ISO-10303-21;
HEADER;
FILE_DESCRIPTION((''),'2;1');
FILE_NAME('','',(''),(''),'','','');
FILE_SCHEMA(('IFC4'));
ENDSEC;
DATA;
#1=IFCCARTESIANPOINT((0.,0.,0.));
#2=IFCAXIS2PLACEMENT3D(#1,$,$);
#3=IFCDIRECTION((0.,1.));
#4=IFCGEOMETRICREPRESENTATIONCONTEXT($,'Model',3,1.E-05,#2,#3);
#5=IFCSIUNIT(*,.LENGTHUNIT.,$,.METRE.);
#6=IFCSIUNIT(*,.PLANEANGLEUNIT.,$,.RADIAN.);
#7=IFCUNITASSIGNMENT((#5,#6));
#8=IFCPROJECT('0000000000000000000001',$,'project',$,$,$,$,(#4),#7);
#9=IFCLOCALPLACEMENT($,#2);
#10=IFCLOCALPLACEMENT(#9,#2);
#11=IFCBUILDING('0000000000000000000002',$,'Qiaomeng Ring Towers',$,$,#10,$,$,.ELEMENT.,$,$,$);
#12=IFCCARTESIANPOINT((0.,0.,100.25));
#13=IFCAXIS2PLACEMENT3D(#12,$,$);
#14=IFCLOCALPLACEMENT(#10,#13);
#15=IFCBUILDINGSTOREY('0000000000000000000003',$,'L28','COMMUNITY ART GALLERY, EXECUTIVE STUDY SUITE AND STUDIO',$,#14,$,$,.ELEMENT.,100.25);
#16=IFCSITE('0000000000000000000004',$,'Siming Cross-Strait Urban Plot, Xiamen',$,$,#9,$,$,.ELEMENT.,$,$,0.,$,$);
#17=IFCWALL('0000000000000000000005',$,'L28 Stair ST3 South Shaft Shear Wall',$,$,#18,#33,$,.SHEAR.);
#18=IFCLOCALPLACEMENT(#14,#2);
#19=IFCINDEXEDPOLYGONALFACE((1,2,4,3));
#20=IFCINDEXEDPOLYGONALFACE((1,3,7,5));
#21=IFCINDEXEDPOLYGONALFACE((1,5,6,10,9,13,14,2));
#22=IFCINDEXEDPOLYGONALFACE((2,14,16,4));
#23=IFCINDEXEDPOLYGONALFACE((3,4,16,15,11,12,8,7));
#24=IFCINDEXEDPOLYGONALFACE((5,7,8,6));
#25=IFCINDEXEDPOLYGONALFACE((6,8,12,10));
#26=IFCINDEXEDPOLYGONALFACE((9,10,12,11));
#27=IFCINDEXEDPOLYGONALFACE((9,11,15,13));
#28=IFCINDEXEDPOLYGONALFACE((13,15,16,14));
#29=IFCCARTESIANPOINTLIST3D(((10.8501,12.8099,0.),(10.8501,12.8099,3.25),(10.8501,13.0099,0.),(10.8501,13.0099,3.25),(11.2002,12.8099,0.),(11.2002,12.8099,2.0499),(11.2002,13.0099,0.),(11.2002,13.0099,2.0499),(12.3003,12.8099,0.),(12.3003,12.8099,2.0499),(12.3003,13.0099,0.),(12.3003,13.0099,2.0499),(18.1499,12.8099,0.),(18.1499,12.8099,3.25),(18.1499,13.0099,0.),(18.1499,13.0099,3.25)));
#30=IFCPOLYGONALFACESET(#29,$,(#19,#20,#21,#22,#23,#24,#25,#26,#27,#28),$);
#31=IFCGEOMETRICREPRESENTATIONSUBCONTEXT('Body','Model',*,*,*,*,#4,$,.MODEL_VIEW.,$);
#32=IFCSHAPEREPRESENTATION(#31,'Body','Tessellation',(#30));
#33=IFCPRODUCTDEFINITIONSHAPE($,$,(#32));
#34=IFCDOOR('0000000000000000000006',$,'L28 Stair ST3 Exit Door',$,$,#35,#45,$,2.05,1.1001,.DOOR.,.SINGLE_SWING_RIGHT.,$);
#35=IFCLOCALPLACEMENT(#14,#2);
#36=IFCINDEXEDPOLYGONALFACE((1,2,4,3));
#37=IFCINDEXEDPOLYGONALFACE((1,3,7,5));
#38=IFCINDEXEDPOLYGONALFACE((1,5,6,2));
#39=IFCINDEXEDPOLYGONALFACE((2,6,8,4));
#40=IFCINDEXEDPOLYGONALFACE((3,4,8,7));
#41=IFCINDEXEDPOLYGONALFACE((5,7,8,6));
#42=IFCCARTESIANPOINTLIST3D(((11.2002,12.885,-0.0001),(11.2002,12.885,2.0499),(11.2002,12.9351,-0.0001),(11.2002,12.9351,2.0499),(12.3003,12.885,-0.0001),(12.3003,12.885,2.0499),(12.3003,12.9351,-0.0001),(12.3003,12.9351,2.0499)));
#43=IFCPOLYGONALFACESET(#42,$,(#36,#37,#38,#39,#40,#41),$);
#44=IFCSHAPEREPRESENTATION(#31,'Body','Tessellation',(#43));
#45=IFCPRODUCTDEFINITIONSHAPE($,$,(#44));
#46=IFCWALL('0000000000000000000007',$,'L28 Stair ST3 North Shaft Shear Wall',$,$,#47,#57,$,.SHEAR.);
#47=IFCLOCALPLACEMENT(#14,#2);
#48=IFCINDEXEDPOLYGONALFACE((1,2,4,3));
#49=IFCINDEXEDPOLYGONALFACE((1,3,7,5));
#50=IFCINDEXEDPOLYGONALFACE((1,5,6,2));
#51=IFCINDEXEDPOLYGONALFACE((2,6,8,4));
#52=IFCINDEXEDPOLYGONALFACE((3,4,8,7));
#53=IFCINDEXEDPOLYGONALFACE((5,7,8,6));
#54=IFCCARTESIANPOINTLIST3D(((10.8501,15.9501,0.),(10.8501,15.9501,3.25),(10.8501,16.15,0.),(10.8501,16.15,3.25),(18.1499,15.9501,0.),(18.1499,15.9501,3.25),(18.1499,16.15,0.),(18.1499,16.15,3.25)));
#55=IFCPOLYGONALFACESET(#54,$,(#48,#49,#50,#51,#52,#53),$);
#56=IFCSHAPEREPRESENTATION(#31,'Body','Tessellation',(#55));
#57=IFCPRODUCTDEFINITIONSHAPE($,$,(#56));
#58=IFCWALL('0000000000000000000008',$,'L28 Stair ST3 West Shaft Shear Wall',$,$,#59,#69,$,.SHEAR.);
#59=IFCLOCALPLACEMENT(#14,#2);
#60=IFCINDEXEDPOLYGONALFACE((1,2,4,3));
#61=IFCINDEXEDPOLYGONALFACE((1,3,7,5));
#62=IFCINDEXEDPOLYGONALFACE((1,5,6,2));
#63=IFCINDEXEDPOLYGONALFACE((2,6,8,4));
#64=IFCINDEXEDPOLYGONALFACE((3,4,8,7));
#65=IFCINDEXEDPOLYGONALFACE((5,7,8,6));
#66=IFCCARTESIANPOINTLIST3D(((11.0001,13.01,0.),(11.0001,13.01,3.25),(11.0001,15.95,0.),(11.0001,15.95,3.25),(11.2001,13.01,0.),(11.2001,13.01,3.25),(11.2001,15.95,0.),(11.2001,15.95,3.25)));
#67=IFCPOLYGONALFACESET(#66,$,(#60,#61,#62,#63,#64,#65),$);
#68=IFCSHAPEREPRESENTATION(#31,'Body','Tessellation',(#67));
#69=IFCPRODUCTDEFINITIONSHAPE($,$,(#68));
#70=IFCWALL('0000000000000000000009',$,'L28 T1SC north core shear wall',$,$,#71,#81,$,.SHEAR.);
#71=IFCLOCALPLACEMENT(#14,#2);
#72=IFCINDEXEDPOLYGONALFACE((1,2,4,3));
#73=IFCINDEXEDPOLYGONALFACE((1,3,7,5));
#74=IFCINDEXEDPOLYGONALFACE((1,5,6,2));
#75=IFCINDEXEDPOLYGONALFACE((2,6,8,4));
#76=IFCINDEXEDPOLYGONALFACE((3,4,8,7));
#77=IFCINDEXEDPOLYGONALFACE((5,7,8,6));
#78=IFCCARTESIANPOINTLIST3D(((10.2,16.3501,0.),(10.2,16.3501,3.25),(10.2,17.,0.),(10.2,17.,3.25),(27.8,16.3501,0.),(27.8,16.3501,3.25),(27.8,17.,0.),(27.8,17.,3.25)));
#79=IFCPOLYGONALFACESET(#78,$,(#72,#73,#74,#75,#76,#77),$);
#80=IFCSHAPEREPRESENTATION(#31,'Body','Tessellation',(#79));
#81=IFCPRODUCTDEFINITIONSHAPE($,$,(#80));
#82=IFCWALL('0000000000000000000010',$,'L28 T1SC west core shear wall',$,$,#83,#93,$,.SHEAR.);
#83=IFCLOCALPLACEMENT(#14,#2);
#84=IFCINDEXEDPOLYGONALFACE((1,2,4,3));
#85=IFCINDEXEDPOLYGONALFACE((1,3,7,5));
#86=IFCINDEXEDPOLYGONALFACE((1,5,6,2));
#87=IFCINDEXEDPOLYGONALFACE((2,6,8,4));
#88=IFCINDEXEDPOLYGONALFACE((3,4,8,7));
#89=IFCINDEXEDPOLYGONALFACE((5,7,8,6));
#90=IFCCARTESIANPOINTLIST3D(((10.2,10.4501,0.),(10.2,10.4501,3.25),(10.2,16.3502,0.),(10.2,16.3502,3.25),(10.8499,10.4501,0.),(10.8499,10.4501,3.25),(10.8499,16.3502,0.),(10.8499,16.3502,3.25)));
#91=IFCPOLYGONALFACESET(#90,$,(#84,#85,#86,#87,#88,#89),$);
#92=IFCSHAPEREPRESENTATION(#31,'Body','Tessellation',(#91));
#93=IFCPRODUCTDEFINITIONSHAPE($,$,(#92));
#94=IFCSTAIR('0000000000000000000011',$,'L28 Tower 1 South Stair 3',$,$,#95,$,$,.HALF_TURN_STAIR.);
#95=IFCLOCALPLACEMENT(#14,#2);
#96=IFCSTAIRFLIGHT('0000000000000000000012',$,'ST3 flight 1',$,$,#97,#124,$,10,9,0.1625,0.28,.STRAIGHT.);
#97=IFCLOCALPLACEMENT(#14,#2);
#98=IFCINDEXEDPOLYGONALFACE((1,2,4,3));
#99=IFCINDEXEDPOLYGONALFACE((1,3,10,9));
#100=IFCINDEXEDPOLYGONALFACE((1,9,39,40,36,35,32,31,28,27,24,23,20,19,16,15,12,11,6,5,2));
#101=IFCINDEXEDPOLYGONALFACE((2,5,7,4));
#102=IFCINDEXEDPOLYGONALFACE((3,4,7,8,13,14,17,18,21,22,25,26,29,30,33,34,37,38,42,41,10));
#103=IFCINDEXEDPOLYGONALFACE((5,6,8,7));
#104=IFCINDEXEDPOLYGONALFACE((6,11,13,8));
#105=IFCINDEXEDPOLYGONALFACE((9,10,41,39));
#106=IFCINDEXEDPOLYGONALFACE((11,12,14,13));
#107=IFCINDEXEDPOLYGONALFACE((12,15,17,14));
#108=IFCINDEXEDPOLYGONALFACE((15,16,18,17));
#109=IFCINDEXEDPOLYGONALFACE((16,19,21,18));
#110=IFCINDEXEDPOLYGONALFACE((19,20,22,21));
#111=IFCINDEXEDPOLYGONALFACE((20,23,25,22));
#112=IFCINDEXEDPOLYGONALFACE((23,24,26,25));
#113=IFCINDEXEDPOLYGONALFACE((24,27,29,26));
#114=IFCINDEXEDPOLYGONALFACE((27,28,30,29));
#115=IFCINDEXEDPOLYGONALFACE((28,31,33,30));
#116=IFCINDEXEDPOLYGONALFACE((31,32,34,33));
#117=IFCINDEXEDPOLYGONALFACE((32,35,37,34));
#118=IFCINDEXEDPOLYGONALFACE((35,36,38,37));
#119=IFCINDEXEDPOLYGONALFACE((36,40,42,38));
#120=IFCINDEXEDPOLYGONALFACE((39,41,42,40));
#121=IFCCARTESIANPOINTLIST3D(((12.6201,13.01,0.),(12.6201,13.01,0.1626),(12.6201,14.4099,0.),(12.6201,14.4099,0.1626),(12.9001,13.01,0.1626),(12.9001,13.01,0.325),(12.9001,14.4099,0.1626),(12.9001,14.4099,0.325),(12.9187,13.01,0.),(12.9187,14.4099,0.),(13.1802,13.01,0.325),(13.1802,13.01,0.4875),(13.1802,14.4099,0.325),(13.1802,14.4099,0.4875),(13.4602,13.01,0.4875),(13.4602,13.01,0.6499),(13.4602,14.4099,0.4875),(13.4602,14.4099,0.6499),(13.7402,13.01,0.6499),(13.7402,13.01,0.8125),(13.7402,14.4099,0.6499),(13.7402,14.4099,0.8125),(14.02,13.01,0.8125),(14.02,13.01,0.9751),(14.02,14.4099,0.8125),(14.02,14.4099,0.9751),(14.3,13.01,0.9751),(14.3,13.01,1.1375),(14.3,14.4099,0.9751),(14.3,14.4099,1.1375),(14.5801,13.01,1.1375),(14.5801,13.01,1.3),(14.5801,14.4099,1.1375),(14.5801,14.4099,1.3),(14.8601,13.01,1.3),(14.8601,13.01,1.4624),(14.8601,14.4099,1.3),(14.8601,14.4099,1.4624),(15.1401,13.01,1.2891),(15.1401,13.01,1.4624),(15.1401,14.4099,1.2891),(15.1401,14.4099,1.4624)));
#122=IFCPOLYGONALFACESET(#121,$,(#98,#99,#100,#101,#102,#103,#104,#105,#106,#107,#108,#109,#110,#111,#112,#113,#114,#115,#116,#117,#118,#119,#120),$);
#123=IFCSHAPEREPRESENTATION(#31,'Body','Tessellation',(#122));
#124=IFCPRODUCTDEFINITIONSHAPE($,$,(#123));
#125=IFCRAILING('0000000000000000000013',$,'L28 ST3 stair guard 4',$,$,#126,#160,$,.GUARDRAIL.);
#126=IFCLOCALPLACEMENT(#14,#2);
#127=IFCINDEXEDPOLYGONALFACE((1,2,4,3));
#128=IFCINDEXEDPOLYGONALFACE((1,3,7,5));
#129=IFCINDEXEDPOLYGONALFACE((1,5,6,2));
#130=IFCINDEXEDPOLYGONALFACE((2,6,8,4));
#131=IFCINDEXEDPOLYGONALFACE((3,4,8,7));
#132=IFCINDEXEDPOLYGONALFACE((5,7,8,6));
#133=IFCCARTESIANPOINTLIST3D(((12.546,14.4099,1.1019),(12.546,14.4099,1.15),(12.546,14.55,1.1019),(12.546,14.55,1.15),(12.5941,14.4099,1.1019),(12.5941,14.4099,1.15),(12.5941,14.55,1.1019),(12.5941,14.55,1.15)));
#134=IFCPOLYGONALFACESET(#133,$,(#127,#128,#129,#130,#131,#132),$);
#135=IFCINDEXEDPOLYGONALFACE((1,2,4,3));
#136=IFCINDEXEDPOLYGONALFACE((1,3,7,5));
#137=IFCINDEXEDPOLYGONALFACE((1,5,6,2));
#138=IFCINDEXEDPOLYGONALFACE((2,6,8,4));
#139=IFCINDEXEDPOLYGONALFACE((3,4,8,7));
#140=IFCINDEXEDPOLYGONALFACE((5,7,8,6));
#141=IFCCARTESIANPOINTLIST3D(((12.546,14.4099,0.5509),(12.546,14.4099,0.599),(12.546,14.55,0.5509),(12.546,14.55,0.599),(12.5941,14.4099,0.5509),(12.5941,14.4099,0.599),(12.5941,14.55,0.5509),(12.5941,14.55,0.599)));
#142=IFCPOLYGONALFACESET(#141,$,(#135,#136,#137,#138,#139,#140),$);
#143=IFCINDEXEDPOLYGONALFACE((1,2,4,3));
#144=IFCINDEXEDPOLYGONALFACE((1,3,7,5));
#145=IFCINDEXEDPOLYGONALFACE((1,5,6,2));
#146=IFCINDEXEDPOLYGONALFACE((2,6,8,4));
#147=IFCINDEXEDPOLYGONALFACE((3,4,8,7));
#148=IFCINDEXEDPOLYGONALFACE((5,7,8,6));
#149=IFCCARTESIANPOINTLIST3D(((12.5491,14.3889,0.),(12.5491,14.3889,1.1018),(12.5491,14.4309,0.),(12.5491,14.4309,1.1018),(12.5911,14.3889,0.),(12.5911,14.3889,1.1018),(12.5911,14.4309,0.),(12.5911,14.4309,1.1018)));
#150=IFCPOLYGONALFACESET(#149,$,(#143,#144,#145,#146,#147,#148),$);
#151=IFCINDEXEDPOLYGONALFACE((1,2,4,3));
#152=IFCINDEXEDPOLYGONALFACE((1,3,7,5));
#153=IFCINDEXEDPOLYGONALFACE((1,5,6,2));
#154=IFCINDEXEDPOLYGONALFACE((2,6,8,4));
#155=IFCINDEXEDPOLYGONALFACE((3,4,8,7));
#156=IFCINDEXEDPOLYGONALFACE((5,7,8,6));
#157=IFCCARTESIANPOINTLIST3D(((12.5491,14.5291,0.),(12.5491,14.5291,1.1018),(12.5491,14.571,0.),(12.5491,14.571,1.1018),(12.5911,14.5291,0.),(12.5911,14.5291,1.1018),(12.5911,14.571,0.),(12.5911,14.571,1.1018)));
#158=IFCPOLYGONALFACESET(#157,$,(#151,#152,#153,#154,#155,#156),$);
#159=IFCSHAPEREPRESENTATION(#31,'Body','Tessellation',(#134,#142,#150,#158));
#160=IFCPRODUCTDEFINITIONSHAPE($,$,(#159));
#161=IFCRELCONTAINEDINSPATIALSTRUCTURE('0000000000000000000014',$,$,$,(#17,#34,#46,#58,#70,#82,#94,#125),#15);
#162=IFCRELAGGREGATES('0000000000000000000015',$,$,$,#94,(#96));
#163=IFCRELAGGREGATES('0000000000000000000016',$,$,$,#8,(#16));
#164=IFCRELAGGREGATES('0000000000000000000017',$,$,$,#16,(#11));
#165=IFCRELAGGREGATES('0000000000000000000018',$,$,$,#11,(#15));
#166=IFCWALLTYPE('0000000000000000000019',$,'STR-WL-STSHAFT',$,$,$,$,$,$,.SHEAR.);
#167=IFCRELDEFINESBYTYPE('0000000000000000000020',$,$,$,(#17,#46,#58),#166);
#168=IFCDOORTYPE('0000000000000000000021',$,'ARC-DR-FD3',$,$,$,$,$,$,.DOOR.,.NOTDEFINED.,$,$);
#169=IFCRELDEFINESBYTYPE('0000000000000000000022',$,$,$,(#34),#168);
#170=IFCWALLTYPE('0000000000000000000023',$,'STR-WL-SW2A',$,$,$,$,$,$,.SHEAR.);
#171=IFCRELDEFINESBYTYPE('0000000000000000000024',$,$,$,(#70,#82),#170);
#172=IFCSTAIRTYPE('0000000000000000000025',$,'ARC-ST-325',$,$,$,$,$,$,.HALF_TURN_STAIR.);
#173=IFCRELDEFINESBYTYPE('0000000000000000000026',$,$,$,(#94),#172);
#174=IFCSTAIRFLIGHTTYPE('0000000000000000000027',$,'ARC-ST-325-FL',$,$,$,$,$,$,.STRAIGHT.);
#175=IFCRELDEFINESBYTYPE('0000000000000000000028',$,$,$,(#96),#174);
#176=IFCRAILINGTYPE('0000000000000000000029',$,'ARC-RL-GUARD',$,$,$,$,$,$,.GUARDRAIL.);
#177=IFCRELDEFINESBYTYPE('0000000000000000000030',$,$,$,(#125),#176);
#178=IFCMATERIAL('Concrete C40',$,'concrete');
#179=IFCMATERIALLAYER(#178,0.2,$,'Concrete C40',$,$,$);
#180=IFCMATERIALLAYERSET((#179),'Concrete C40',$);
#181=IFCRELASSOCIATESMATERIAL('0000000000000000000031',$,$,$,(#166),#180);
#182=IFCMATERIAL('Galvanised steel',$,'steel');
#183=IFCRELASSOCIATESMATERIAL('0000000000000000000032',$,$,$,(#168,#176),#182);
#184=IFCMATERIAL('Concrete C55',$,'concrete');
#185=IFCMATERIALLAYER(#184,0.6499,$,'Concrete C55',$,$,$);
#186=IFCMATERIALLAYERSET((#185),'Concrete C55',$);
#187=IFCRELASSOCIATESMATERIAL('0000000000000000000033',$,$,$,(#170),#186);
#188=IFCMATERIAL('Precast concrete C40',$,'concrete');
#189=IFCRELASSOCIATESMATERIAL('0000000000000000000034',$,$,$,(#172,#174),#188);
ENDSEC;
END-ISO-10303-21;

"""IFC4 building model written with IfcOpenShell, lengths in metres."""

from ifc_helpers import new_model, si_unit, direction, frame, frame_2d, origin, origin_2d, place, context, subcontext, project, spatial, polyline, rectangle, outline, extrude, source, transform, mapped, material, layer, layer_set, type_object, element, fill, aggregate, save


model = new_model("IFC4")

# Units and contexts
model_context = context("Model", 3, precision=1e-05, world=origin(), true_north=direction((0.0, 1.0)))
body_context = subcontext(model_context, "Body", "Model", "MODEL_VIEW")
ifc_project = project(units=[si_unit("LENGTHUNIT", "METRE"), si_unit("PLANEANGLEUNIT", "RADIAN")], contexts=[model_context])

# Site, building, storey
site_placement = place(None, origin())
site = spatial("IfcSite", under=ifc_project, at=site_placement, Name="Siming Cross-Strait Urban Plot, Xiamen", CompositionType="ELEMENT", RefElevation=0.0)
building_placement = place(site_placement, origin())
building = spatial("IfcBuilding", under=site, at=building_placement, Name="Qiaomeng Ring Towers", CompositionType="ELEMENT")
storey_placement = place(building_placement, frame((0.0, 0.0, 100.25)))
storey = spatial("IfcBuildingStorey", under=building, at=storey_placement, Name="L28", Description="COMMUNITY ART GALLERY, EXECUTIVE STUDY SUITE AND STUDIO", CompositionType="ELEMENT", Elevation=100.25)

# Wall, opening, door
ifc_material_1 = material(Name="Concrete C40", Category="concrete")
ifc_layer_1 = layer(ifc_material_1, 0.2, Name="Concrete C40")
ifc_layer_set_1 = layer_set([ifc_layer_1], Name="Concrete C40")
wall_type_1 = type_object("IfcWallType", Name="STR-WL-STSHAFT", PredefinedType="SHEAR", material=ifc_layer_set_1)
wall_1_placement = place(storey_placement, frame((10.8501, 12.9099, 0.0), z_axis=(0.0, 0.0, 1.0), x_axis=(1.0, 0.0, 0.0)))
wall_1 = element("IfcWall", 1, at=wall_1_placement, inside=storey, type_object=wall_type_1, Name="L28 Stair ST3 South Shaft Shear Wall", PredefinedType="SHEAR", context=body_context, shape_type="SweptSolid", body=[
    extrude(rectangle(XDim=7.2998, YDim=0.2, at=frame_2d((3.6499, 0.0))), origin(), (0.0, 0.0, 1.0), 3.25),
])
opening_1_placement = place(wall_1_placement, frame((0.3501, 0.0, 0.0)))
opening_1 = element("IfcOpeningElement", 2, at=opening_1_placement, cuts=wall_1, PredefinedType="OPENING", context=body_context, shape_type="SweptSolid", body=[
    extrude(rectangle(XDim=1.1001, YDim=2.05, at=frame_2d((0.55, 1.0249))), frame((0.0, 0.1099, 0.0), z_axis=(0.0, -1.0, 0.0), x_axis=(1.0, 0.0, 0.0)), (0.0, 0.0, 1.0), 0.22),
])
ifc_material_2 = material(Name="Galvanised steel", Category="steel")
door_type_1 = type_object("IfcDoorType", Name="ARC-DR-FD3", OperationType="NOTDEFINED", PredefinedType="DOOR", material=ifc_material_2)
shared_shape_1 = source(origin(), body_context, "Body", "SweptSolid", [
    extrude(rectangle(XDim=1.1001, YDim=2.05, at=frame_2d((0.55, 1.0249))), frame((0.0, 0.0249, 0.0), z_axis=(0.0, -1.0, 0.0), x_axis=(1.0, 0.0, 0.0)), (0.0, 0.0, 1.0), 0.05),
])
door_1_placement = place(opening_1_placement, frame((1.1001, 0.0, 0.0), z_axis=(0.0, 0.0, 1.0), x_axis=(-1.0, 0.0, 0.0)))
door_1 = element("IfcDoor", 3, at=door_1_placement, inside=storey, type_object=door_type_1, Name="L28 Stair ST3 Exit Door", OperationType="SINGLE_SWING_RIGHT", OverallHeight=2.05, OverallWidth=1.1001, PredefinedType="DOOR", context=body_context, shape_type="MappedRepresentation", body=[
    mapped(shared_shape_1, transform((0.0, 0.0, 0.0), x_axis=(1.0, 0.0, 0.0), y_axis=(0.0, 1.0, 0.0), z_axis=(0.0, 0.0, 1.0), scale=1.0)),
])
fill(opening_1, door_1)

# Walls
wall_2_placement = place(storey_placement, frame((10.8501, 16.05, 0.0), z_axis=(0.0, 0.0, 1.0), x_axis=(1.0, 0.0, 0.0)))
element("IfcWall", 4, at=wall_2_placement, inside=storey, type_object=wall_type_1, Name="L28 Stair ST3 North Shaft Shear Wall", PredefinedType="SHEAR", context=body_context, shape_type="SweptSolid", body=[
    extrude(rectangle(XDim=7.2998, YDim=0.2, at=frame_2d((3.6499, 0.0))), origin(), (0.0, 0.0, 1.0), 3.25),
])
wall_3_placement = place(storey_placement, frame((11.1001, 13.01, 0.0), z_axis=(0.0, 0.0, 1.0), x_axis=(0.0, 1.0, 0.0)))
element("IfcWall", 5, at=wall_3_placement, inside=storey, type_object=wall_type_1, Name="L28 Stair ST3 West Shaft Shear Wall", PredefinedType="SHEAR", context=body_context, shape_type="SweptSolid", body=[
    extrude(rectangle(XDim=2.9399, YDim=0.2, at=frame_2d((1.47, 0.0))), origin(), (0.0, 0.0, 1.0), 3.25),
])
ifc_material_3 = material(Name="Concrete C55", Category="concrete")
ifc_layer_2 = layer(ifc_material_3, 0.6499, Name="Concrete C55")
ifc_layer_set_2 = layer_set([ifc_layer_2], Name="Concrete C55")
wall_type_2 = type_object("IfcWallType", Name="STR-WL-SW2A", PredefinedType="SHEAR", material=ifc_layer_set_2)
wall_4_placement = place(storey_placement, frame((10.2, 16.675, 0.0), z_axis=(0.0, 0.0, 1.0), x_axis=(1.0, 0.0, 0.0)))
element("IfcWall", 6, at=wall_4_placement, inside=storey, type_object=wall_type_2, Name="L28 T1SC north core shear wall", PredefinedType="SHEAR", context=body_context, shape_type="SweptSolid", body=[
    extrude(rectangle(XDim=17.6001, YDim=0.6499, at=frame_2d((8.8, 0.0))), origin(), (0.0, 0.0, 1.0), 3.25),
])
wall_5_placement = place(storey_placement, frame((10.5249, 10.45, 0.0), z_axis=(0.0, 0.0, 1.0), x_axis=(0.0, 1.0, 0.0)))
element("IfcWall", 7, at=wall_5_placement, inside=storey, type_object=wall_type_2, Name="L28 T1SC west core shear wall", PredefinedType="SHEAR", context=body_context, shape_type="SweptSolid", body=[
    extrude(rectangle(XDim=5.9001, YDim=0.6499, at=frame_2d((2.9502, 0.0))), origin(), (0.0, 0.0, 1.0), 3.25),
])

# Stair, stair flight
ifc_material_4 = material(Name="Precast concrete C40", Category="concrete")
stair_type = type_object("IfcStairType", Name="ARC-ST-325", PredefinedType="HALF_TURN_STAIR", material=ifc_material_4)
stair_placement = place(storey_placement, origin())
stair = element("IfcStair", 8, at=stair_placement, inside=storey, type_object=stair_type, Name="L28 Tower 1 South Stair 3", PredefinedType="HALF_TURN_STAIR")
stair_flight_type = type_object("IfcStairFlightType", Name="ARC-ST-325-FL", PredefinedType="STRAIGHT", material=ifc_material_4)
shared_shape_2 = source(origin(), body_context, "Body", "SweptSolid", [
    extrude(outline(polyline([(0.0, 0.0), (0.0, 0.1626), (0.28, 0.1626), (0.28, 0.325), (0.5601, 0.325), (0.5601, 0.4875), (0.8401, 0.4875), (0.8401, 0.6499), (1.1201, 0.6499), (1.1201, 0.8125), (1.3999, 0.8125), (1.3999, 0.9751), (1.6799, 0.9751), (1.6799, 1.1375), (1.96, 1.1375), (1.96, 1.3), (2.24, 1.3), (2.24, 1.4624), (2.52, 1.4624), (2.52, 1.625), (2.52, 1.2891), (0.2986, 0.0), (0.0, 0.0)])), frame((0.0, 0.7, 0.0), z_axis=(0.0, -1.0, 0.0), x_axis=(1.0, 0.0, 0.0)), (0.0, 0.0, 1.0), 1.3999),
])
stair_flight_placement = place(storey_placement, frame((12.6201, 13.71, 0.0), z_axis=(0.0, 0.0, 1.0), x_axis=(1.0, 0.0, 0.0)))
stair_flight = element("IfcStairFlight", 9, at=stair_flight_placement, type_object=stair_flight_type, Name="ST3 flight 1", NumberOfRisers=10, NumberOfTreads=9, PredefinedType="STRAIGHT", RiserHeight=0.1625, TreadLength=0.28, context=body_context, shape_type="MappedRepresentation", body=[
    mapped(shared_shape_2, transform((0.0, 0.0, 0.0), x_axis=(1.0, 0.0, 0.0), y_axis=(0.0, 1.0, 0.0), z_axis=(0.0, 0.0, 1.0), scale=1.0)),
])
aggregate(stair, [stair_flight])

# Railing
railing_type_1 = type_object("IfcRailingType", Name="ARC-RL-GUARD", PredefinedType="GUARDRAIL", material=ifc_material_2)
railing_1_placement = place(storey_placement, frame((12.5701, 14.4099, 0.0)))
element("IfcRailing", 10, at=railing_1_placement, inside=storey, type_object=railing_type_1, Name="L28 ST3 stair guard 4", PredefinedType="GUARDRAIL", context=body_context, shape_type="SweptSolid", body=[
    extrude(rectangle(XDim=0.0481, YDim=0.0481, at=origin_2d()), frame((0.0, 0.0, 1.126), z_axis=(0.0, 1.0, 0.0), x_axis=(-1.0, 0.0, 0.0)), (0.0, 0.0, 1.0), 0.1401),
    extrude(rectangle(XDim=0.0481, YDim=0.0481, at=origin_2d()), frame((0.0, 0.0, 0.575), z_axis=(0.0, 1.0, 0.0), x_axis=(-1.0, 0.0, 0.0)), (0.0, 0.0, 1.0), 0.1401),
    extrude(rectangle(XDim=0.042, YDim=0.042, at=origin_2d()), origin(), (0.0, 0.0, 1.0), 1.1018),
    extrude(rectangle(XDim=0.042, YDim=0.042, at=origin_2d()), frame((0.0, 0.1401, 0.0)), (0.0, 0.0, 1.0), 1.1018),
])

save(model, "model.ifc")
